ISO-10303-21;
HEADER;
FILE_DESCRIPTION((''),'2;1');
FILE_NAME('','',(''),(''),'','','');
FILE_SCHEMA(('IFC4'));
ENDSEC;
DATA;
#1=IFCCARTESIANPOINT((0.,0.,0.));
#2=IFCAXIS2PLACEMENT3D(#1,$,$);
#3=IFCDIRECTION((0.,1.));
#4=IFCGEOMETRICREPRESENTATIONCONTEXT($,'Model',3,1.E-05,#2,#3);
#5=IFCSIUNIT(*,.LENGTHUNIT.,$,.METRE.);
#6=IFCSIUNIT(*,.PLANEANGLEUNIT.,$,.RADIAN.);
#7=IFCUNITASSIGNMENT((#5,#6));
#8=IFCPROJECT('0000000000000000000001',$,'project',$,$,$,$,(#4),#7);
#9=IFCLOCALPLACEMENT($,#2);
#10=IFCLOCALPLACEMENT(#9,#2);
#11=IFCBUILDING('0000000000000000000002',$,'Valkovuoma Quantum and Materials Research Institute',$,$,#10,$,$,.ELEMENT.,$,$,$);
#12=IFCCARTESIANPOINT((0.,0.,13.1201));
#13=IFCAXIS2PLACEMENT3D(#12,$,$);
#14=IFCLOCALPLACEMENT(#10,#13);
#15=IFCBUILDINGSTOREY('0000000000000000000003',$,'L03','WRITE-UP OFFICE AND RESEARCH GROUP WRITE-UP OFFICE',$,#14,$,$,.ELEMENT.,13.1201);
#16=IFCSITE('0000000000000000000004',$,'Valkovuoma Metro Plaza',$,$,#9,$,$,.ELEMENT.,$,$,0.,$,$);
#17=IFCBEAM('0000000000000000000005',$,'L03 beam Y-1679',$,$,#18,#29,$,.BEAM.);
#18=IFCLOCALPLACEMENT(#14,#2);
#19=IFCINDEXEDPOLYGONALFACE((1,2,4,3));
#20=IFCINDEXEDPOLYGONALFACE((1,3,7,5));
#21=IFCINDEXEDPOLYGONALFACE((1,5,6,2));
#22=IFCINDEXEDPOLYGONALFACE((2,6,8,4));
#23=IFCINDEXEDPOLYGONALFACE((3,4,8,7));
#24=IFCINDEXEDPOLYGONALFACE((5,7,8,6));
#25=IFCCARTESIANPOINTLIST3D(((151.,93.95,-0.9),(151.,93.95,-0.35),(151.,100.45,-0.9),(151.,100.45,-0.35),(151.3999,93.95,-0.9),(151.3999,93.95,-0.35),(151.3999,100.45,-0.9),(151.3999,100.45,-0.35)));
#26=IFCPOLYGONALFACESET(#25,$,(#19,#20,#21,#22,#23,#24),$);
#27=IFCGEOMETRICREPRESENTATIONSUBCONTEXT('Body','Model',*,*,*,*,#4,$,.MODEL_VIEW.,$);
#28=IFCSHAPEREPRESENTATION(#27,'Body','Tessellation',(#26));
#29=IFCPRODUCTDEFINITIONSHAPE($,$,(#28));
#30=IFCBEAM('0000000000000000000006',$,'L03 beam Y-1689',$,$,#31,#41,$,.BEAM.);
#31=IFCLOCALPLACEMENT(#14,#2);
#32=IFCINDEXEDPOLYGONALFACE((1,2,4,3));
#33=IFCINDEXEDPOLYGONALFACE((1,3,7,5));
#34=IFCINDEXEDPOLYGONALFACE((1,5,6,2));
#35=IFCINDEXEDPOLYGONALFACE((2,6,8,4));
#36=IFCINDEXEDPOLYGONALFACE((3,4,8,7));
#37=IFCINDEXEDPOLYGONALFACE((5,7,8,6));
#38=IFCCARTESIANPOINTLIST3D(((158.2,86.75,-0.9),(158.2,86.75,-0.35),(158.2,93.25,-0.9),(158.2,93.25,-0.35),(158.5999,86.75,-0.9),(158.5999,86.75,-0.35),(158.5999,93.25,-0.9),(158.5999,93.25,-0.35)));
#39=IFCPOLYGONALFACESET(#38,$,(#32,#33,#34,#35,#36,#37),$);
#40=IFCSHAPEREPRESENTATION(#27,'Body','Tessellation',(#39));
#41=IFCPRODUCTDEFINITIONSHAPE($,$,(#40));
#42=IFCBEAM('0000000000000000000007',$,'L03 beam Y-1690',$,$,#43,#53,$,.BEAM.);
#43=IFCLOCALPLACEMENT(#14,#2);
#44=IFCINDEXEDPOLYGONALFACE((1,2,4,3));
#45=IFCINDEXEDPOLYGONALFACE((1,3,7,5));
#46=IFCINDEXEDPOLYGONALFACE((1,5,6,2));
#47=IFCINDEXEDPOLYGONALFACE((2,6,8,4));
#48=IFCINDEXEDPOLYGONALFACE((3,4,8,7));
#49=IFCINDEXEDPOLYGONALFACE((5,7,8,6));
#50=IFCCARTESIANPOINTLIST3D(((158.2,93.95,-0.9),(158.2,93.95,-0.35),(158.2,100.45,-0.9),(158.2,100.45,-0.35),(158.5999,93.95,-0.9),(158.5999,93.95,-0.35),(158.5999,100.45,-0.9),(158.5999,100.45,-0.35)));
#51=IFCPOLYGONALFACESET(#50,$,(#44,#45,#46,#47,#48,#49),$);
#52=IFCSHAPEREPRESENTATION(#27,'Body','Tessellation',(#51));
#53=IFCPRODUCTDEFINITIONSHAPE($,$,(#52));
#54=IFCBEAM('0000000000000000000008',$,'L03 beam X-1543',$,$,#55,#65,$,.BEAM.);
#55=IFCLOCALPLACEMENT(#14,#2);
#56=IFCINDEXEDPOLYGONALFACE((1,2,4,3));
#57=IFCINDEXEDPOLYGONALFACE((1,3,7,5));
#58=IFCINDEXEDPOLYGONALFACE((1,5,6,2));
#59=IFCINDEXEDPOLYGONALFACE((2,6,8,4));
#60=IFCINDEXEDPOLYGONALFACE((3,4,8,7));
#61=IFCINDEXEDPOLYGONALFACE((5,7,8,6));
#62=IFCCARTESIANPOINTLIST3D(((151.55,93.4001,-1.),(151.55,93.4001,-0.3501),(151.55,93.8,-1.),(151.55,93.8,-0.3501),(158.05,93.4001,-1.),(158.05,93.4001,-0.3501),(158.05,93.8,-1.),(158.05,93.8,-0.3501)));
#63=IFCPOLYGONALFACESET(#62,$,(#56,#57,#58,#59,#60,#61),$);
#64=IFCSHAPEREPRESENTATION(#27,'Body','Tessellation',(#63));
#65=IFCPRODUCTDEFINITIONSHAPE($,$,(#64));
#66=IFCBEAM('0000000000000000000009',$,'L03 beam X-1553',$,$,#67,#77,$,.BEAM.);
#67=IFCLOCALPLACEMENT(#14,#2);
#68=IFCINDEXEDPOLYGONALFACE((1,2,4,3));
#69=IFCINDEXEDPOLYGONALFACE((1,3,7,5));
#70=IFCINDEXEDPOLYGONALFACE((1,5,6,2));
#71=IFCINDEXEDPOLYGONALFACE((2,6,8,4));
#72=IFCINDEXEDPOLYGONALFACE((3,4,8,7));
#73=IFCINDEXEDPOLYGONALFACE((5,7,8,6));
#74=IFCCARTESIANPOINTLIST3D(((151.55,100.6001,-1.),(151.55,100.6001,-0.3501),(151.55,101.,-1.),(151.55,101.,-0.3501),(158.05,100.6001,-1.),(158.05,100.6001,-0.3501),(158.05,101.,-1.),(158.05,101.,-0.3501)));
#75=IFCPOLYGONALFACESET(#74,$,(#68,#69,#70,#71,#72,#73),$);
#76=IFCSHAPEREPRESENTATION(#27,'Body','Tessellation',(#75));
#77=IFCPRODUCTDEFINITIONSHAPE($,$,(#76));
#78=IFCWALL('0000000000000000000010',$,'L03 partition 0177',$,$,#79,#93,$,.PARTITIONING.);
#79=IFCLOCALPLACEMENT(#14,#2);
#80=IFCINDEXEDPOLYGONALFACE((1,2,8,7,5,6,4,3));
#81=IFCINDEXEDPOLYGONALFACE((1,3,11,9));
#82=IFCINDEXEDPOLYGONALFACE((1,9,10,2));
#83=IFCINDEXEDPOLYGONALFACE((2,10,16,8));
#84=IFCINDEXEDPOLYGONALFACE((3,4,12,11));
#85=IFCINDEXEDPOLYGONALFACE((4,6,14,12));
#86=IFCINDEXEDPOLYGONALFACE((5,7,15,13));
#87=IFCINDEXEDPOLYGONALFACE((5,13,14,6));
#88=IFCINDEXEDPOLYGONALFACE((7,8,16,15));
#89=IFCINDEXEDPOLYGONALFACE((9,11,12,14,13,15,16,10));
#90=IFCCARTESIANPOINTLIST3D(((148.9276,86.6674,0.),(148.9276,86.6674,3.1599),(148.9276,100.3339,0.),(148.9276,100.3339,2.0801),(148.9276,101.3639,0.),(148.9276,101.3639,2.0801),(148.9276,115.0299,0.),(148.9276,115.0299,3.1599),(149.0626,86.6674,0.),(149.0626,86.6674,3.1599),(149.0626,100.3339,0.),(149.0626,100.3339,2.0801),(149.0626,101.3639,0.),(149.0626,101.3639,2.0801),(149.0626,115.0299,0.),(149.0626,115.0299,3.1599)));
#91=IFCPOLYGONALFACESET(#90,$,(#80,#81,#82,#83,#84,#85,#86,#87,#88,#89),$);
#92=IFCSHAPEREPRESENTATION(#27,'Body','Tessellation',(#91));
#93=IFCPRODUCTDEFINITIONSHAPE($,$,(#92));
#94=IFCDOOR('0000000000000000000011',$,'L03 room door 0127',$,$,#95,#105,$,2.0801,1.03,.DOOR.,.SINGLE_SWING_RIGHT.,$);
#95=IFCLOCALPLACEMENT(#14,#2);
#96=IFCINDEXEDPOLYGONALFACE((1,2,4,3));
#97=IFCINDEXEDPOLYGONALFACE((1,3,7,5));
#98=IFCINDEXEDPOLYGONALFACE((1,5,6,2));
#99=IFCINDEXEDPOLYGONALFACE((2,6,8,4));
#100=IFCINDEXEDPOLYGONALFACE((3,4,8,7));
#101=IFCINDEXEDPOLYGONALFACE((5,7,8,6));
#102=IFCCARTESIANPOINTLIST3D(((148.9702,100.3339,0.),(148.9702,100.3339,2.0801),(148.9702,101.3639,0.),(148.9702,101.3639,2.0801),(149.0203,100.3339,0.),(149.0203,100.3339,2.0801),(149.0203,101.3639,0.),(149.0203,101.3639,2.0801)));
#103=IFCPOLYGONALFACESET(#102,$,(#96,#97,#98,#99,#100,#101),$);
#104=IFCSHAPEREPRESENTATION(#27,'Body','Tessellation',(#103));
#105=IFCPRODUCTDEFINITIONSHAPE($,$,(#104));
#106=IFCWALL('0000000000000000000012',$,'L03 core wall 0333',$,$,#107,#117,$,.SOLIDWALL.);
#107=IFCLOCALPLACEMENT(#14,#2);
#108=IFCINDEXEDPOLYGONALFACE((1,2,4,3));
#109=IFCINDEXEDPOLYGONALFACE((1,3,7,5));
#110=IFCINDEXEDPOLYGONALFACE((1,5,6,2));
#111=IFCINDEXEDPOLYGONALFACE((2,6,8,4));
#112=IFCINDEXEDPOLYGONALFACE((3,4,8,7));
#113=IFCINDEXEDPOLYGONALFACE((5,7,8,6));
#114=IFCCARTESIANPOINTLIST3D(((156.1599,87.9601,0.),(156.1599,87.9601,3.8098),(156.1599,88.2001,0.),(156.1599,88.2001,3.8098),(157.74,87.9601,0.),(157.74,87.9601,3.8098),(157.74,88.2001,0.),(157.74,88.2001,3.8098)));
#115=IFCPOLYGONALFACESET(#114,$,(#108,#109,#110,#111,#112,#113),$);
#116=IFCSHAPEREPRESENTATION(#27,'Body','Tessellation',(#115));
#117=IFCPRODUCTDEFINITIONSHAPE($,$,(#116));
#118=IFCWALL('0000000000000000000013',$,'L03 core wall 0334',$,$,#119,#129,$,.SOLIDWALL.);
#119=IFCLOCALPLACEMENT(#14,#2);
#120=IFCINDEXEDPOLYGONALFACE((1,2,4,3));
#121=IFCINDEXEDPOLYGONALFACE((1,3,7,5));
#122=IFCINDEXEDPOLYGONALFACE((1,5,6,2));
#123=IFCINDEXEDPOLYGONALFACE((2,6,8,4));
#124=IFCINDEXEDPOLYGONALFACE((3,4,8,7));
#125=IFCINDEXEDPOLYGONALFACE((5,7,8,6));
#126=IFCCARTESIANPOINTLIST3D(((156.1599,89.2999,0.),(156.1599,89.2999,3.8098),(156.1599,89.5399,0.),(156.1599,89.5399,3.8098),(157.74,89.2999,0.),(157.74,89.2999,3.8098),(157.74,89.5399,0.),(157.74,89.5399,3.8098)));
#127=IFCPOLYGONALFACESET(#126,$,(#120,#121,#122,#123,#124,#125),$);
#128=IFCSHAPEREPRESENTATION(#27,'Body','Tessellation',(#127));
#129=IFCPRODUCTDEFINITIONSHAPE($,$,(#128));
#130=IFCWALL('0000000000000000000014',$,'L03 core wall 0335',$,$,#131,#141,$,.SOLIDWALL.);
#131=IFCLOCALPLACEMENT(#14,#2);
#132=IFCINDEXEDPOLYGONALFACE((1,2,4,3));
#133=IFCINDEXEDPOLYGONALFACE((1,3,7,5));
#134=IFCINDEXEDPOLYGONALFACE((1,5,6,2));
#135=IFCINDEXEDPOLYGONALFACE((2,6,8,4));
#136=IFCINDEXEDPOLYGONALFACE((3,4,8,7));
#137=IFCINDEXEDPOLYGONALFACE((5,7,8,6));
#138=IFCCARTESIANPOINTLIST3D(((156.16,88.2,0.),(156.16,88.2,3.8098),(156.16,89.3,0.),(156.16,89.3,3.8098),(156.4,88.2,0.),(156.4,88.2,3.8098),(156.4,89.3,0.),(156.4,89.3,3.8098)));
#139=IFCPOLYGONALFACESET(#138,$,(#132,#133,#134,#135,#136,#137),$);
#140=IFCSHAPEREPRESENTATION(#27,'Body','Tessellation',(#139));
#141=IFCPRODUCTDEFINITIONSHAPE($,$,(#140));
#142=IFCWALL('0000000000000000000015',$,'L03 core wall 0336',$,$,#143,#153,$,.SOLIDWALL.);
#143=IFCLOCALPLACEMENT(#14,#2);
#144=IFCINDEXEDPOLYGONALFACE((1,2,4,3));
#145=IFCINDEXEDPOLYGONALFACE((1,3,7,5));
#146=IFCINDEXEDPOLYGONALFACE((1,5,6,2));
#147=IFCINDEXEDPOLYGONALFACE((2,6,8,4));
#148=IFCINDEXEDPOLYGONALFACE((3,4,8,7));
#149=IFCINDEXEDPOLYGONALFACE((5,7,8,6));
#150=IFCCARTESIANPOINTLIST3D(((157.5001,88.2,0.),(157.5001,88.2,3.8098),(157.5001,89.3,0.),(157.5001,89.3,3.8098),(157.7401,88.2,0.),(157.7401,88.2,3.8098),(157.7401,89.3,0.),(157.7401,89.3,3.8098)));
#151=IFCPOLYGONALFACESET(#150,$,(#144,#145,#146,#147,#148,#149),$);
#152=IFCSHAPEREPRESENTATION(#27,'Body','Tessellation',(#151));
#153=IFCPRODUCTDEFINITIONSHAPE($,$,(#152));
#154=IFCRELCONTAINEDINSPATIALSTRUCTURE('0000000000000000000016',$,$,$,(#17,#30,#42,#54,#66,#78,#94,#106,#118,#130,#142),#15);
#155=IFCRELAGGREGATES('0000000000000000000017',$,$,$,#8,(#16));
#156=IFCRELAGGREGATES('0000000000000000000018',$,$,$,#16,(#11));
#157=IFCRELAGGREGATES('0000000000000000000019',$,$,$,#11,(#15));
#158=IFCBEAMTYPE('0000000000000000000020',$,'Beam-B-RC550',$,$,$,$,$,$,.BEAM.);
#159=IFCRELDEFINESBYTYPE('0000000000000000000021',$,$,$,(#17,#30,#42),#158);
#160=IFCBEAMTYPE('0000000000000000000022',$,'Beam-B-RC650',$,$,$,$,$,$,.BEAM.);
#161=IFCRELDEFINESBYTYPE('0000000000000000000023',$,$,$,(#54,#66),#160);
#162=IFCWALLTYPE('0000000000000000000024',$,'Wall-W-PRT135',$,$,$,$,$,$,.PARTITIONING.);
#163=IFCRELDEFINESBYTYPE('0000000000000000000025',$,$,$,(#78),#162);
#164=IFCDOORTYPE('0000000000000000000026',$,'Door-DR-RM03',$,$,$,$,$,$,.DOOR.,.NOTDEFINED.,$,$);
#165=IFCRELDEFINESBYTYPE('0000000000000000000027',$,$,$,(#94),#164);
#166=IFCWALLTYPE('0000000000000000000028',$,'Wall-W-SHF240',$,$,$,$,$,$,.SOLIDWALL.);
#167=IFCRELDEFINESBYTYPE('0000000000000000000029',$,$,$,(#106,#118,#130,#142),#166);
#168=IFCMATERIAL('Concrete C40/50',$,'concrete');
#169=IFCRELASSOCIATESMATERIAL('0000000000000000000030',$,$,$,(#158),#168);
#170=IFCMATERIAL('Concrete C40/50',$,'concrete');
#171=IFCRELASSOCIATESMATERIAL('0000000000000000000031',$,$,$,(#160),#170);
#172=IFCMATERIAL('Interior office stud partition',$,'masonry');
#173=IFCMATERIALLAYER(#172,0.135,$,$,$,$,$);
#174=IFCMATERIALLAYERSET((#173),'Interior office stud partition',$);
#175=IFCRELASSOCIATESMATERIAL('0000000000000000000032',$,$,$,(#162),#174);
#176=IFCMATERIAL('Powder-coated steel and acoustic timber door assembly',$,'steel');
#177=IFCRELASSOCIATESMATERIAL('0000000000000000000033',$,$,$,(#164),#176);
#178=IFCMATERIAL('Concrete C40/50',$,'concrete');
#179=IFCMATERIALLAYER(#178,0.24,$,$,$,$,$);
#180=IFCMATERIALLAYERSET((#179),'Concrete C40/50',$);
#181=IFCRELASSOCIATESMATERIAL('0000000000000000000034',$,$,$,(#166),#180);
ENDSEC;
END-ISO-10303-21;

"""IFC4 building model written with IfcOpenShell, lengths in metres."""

from ifc_helpers import new_model, si_unit, direction, frame, frame_2d, origin, origin_2d, place, context, subcontext, project, spatial, rectangle, extrude, material, layer, layer_set, material_profile, profile_set, type_object, element, fill, save


model = new_model("IFC4")

# Units and contexts
model_context = context("Model", 3, precision=1e-05, world=origin(), true_north=direction((0.0, 1.0)))
body_context = subcontext(model_context, "Body", "Model", "MODEL_VIEW")
ifc_project = project(units=[si_unit("LENGTHUNIT", "METRE"), si_unit("PLANEANGLEUNIT", "RADIAN")], contexts=[model_context])

# Site, building, storey
site_placement = place(None, origin())
site = spatial("IfcSite", under=ifc_project, at=site_placement, Name="Valkovuoma Metro Plaza", CompositionType="ELEMENT", RefElevation=0.0)
building_placement = place(site_placement, origin())
building = spatial("IfcBuilding", under=site, at=building_placement, Name="Valkovuoma Quantum and Materials Research Institute", CompositionType="ELEMENT")
storey_placement = place(building_placement, frame((0.0, 0.0, 13.1201)))
storey = spatial("IfcBuildingStorey", under=building, at=storey_placement, Name="L03", Description="WRITE-UP OFFICE AND RESEARCH GROUP WRITE-UP OFFICE", CompositionType="ELEMENT", Elevation=13.1201)

# Beams
ifc_material_1 = material(Name="Concrete C40/50", Category="concrete")
ifc_material_profile_1 = material_profile(ifc_material_1, rectangle(XDim=0.3999, YDim=0.55, at=origin_2d()), Name="Concrete C40/50")
ifc_profile_set_1 = profile_set([ifc_material_profile_1], Name="Concrete C40/50")
beam_type_1 = type_object("IfcBeamType", Name="Beam-B-RC550", PredefinedType="BEAM", material=ifc_profile_set_1)
for number, where, z_axis, x_axis, name in (
    (1, (151.2, 93.95, -0.625), (0.0, 1.0, 0.0), (-1.0, 0.0, 0.0), "L03 beam Y-1679"),
    (2, (158.3999, 86.75, -0.625), (0.0, 1.0, 0.0), (-1.0, 0.0, 0.0), "L03 beam Y-1689"),
    (3, (158.3999, 93.95, -0.625), (0.0, 1.0, 0.0), (-1.0, 0.0, 0.0), "L03 beam Y-1690"),
):
    element("IfcBeam", number, at=place(storey_placement, frame(where, z_axis=z_axis, x_axis=x_axis)), inside=storey, type_object=beam_type_1, Name=name, PredefinedType="BEAM", context=body_context, shape_type="SweptSolid", body=[
        extrude(rectangle(XDim=0.3999, YDim=0.55, at=origin_2d()), origin(), (0.0, 0.0, 1.0), 6.5),
    ])
ifc_material_2 = material(Name="Concrete C40/50", Category="concrete")
ifc_material_profile_2 = material_profile(ifc_material_2, rectangle(XDim=0.3999, YDim=0.6499, at=origin_2d()), Name="Concrete C40/50")
ifc_profile_set_2 = profile_set([ifc_material_profile_2], Name="Concrete C40/50")
beam_type_2 = type_object("IfcBeamType", Name="Beam-B-RC650", PredefinedType="BEAM", material=ifc_profile_set_2)
for number, where, z_axis, x_axis, name in (
    (4, (151.55, 93.6001, -0.675), (1.0, 0.0, 0.0), (0.0, 1.0, 0.0), "L03 beam X-1543"),
    (5, (151.55, 100.8, -0.675), (1.0, 0.0, 0.0), (0.0, 1.0, 0.0), "L03 beam X-1553"),
):
    element("IfcBeam", number, at=place(storey_placement, frame(where, z_axis=z_axis, x_axis=x_axis)), inside=storey, type_object=beam_type_2, Name=name, PredefinedType="BEAM", context=body_context, shape_type="SweptSolid", body=[
        extrude(rectangle(XDim=0.3999, YDim=0.6499, at=origin_2d()), origin(), (0.0, 0.0, 1.0), 6.5),
    ])

# Wall, opening, door
ifc_material_3 = material(Name="Interior office stud partition", Category="masonry")
ifc_layer_1 = layer(ifc_material_3, 0.135)
ifc_layer_set_1 = layer_set([ifc_layer_1], Name="Interior office stud partition")
wall_type_1 = type_object("IfcWallType", Name="Wall-W-PRT135", PredefinedType="PARTITIONING", material=ifc_layer_set_1)
wall_placement = place(storey_placement, frame((148.9951, 86.6675, 0.0), z_axis=(0.0, 0.0, 1.0), x_axis=(0.0, 1.0, 0.0)))
wall = element("IfcWall", 6, at=wall_placement, inside=storey, type_object=wall_type_1, Name="L03 partition 0177", PredefinedType="PARTITIONING", context=body_context, shape_type="SweptSolid", body=[
    extrude(rectangle(XDim=28.3625, YDim=0.135, at=frame_2d((14.1812, 0.0))), origin(), (0.0, 0.0, 1.0), 3.1599),
])
opening_placement = place(wall_placement, frame((13.6663, 0.0, 0.0)))
opening = element("IfcOpeningElement", 7, at=opening_placement, cuts=wall, PredefinedType="OPENING", context=body_context, shape_type="SweptSolid", body=[
    extrude(rectangle(XDim=1.03, YDim=2.0801, at=frame_2d((0.5151, 1.04))), frame((0.0, 0.0776, 0.0), z_axis=(0.0, -1.0, 0.0), x_axis=(1.0, 0.0, 0.0)), (0.0, 0.0, 1.0), 0.155),
])
ifc_material_4 = material(Name="Powder-coated steel and acoustic timber door assembly", Category="steel")
door_type = type_object("IfcDoorType", Name="Door-DR-RM03", OperationType="NOTDEFINED", PredefinedType="DOOR", material=ifc_material_4)
door_placement = place(opening_placement, origin())
door = element("IfcDoor", 8, at=door_placement, inside=storey, type_object=door_type, Name="L03 room door 0127", OperationType="SINGLE_SWING_RIGHT", OverallHeight=2.0801, OverallWidth=1.03, PredefinedType="DOOR", context=body_context, shape_type="SweptSolid", body=[
    extrude(rectangle(XDim=1.03, YDim=2.0801, at=frame_2d((0.5151, 1.04))), frame((0.0, 0.0249, 0.0), z_axis=(0.0, -1.0, 0.0), x_axis=(1.0, 0.0, 0.0)), (0.0, 0.0, 1.0), 0.05),
])
fill(opening, door)

# Walls
ifc_material_5 = material(Name="Concrete C40/50", Category="concrete")
ifc_layer_2 = layer(ifc_material_5, 0.24)
ifc_layer_set_2 = layer_set([ifc_layer_2], Name="Concrete C40/50")
wall_type_2 = type_object("IfcWallType", Name="Wall-W-SHF240", PredefinedType="SOLIDWALL", material=ifc_layer_set_2)
for number, where, z_axis, x_axis, name in (
    (9, (156.1599, 88.0801, 0.0), (0.0, 0.0, 1.0), (1.0, 0.0, 0.0), "L03 core wall 0333"),
    (10, (156.1599, 89.4199, 0.0), (0.0, 0.0, 1.0), (1.0, 0.0, 0.0), "L03 core wall 0334"),
):
    element("IfcWall", number, at=place(storey_placement, frame(where, z_axis=z_axis, x_axis=x_axis)), inside=storey, type_object=wall_type_2, Name=name, PredefinedType="SOLIDWALL", context=body_context, shape_type="SweptSolid", body=[
        extrude(rectangle(XDim=1.5801, YDim=0.24, at=frame_2d((0.79, 0.0))), origin(), (0.0, 0.0, 1.0), 3.8098),
    ])
for number, where, z_axis, x_axis, name in (
    (11, (156.28, 88.2, 0.0), (0.0, 0.0, 1.0), (0.0, 1.0, 0.0), "L03 core wall 0335"),
    (12, (157.6201, 88.2, 0.0), (0.0, 0.0, 1.0), (0.0, 1.0, 0.0), "L03 core wall 0336"),
):
    element("IfcWall", number, at=place(storey_placement, frame(where, z_axis=z_axis, x_axis=x_axis)), inside=storey, type_object=wall_type_2, Name=name, PredefinedType="SOLIDWALL", context=body_context, shape_type="SweptSolid", body=[
        extrude(rectangle(XDim=1.1001, YDim=0.24, at=frame_2d((0.55, 0.0))), origin(), (0.0, 0.0, 1.0), 3.8098),
    ])

save(model, "model.ifc")
